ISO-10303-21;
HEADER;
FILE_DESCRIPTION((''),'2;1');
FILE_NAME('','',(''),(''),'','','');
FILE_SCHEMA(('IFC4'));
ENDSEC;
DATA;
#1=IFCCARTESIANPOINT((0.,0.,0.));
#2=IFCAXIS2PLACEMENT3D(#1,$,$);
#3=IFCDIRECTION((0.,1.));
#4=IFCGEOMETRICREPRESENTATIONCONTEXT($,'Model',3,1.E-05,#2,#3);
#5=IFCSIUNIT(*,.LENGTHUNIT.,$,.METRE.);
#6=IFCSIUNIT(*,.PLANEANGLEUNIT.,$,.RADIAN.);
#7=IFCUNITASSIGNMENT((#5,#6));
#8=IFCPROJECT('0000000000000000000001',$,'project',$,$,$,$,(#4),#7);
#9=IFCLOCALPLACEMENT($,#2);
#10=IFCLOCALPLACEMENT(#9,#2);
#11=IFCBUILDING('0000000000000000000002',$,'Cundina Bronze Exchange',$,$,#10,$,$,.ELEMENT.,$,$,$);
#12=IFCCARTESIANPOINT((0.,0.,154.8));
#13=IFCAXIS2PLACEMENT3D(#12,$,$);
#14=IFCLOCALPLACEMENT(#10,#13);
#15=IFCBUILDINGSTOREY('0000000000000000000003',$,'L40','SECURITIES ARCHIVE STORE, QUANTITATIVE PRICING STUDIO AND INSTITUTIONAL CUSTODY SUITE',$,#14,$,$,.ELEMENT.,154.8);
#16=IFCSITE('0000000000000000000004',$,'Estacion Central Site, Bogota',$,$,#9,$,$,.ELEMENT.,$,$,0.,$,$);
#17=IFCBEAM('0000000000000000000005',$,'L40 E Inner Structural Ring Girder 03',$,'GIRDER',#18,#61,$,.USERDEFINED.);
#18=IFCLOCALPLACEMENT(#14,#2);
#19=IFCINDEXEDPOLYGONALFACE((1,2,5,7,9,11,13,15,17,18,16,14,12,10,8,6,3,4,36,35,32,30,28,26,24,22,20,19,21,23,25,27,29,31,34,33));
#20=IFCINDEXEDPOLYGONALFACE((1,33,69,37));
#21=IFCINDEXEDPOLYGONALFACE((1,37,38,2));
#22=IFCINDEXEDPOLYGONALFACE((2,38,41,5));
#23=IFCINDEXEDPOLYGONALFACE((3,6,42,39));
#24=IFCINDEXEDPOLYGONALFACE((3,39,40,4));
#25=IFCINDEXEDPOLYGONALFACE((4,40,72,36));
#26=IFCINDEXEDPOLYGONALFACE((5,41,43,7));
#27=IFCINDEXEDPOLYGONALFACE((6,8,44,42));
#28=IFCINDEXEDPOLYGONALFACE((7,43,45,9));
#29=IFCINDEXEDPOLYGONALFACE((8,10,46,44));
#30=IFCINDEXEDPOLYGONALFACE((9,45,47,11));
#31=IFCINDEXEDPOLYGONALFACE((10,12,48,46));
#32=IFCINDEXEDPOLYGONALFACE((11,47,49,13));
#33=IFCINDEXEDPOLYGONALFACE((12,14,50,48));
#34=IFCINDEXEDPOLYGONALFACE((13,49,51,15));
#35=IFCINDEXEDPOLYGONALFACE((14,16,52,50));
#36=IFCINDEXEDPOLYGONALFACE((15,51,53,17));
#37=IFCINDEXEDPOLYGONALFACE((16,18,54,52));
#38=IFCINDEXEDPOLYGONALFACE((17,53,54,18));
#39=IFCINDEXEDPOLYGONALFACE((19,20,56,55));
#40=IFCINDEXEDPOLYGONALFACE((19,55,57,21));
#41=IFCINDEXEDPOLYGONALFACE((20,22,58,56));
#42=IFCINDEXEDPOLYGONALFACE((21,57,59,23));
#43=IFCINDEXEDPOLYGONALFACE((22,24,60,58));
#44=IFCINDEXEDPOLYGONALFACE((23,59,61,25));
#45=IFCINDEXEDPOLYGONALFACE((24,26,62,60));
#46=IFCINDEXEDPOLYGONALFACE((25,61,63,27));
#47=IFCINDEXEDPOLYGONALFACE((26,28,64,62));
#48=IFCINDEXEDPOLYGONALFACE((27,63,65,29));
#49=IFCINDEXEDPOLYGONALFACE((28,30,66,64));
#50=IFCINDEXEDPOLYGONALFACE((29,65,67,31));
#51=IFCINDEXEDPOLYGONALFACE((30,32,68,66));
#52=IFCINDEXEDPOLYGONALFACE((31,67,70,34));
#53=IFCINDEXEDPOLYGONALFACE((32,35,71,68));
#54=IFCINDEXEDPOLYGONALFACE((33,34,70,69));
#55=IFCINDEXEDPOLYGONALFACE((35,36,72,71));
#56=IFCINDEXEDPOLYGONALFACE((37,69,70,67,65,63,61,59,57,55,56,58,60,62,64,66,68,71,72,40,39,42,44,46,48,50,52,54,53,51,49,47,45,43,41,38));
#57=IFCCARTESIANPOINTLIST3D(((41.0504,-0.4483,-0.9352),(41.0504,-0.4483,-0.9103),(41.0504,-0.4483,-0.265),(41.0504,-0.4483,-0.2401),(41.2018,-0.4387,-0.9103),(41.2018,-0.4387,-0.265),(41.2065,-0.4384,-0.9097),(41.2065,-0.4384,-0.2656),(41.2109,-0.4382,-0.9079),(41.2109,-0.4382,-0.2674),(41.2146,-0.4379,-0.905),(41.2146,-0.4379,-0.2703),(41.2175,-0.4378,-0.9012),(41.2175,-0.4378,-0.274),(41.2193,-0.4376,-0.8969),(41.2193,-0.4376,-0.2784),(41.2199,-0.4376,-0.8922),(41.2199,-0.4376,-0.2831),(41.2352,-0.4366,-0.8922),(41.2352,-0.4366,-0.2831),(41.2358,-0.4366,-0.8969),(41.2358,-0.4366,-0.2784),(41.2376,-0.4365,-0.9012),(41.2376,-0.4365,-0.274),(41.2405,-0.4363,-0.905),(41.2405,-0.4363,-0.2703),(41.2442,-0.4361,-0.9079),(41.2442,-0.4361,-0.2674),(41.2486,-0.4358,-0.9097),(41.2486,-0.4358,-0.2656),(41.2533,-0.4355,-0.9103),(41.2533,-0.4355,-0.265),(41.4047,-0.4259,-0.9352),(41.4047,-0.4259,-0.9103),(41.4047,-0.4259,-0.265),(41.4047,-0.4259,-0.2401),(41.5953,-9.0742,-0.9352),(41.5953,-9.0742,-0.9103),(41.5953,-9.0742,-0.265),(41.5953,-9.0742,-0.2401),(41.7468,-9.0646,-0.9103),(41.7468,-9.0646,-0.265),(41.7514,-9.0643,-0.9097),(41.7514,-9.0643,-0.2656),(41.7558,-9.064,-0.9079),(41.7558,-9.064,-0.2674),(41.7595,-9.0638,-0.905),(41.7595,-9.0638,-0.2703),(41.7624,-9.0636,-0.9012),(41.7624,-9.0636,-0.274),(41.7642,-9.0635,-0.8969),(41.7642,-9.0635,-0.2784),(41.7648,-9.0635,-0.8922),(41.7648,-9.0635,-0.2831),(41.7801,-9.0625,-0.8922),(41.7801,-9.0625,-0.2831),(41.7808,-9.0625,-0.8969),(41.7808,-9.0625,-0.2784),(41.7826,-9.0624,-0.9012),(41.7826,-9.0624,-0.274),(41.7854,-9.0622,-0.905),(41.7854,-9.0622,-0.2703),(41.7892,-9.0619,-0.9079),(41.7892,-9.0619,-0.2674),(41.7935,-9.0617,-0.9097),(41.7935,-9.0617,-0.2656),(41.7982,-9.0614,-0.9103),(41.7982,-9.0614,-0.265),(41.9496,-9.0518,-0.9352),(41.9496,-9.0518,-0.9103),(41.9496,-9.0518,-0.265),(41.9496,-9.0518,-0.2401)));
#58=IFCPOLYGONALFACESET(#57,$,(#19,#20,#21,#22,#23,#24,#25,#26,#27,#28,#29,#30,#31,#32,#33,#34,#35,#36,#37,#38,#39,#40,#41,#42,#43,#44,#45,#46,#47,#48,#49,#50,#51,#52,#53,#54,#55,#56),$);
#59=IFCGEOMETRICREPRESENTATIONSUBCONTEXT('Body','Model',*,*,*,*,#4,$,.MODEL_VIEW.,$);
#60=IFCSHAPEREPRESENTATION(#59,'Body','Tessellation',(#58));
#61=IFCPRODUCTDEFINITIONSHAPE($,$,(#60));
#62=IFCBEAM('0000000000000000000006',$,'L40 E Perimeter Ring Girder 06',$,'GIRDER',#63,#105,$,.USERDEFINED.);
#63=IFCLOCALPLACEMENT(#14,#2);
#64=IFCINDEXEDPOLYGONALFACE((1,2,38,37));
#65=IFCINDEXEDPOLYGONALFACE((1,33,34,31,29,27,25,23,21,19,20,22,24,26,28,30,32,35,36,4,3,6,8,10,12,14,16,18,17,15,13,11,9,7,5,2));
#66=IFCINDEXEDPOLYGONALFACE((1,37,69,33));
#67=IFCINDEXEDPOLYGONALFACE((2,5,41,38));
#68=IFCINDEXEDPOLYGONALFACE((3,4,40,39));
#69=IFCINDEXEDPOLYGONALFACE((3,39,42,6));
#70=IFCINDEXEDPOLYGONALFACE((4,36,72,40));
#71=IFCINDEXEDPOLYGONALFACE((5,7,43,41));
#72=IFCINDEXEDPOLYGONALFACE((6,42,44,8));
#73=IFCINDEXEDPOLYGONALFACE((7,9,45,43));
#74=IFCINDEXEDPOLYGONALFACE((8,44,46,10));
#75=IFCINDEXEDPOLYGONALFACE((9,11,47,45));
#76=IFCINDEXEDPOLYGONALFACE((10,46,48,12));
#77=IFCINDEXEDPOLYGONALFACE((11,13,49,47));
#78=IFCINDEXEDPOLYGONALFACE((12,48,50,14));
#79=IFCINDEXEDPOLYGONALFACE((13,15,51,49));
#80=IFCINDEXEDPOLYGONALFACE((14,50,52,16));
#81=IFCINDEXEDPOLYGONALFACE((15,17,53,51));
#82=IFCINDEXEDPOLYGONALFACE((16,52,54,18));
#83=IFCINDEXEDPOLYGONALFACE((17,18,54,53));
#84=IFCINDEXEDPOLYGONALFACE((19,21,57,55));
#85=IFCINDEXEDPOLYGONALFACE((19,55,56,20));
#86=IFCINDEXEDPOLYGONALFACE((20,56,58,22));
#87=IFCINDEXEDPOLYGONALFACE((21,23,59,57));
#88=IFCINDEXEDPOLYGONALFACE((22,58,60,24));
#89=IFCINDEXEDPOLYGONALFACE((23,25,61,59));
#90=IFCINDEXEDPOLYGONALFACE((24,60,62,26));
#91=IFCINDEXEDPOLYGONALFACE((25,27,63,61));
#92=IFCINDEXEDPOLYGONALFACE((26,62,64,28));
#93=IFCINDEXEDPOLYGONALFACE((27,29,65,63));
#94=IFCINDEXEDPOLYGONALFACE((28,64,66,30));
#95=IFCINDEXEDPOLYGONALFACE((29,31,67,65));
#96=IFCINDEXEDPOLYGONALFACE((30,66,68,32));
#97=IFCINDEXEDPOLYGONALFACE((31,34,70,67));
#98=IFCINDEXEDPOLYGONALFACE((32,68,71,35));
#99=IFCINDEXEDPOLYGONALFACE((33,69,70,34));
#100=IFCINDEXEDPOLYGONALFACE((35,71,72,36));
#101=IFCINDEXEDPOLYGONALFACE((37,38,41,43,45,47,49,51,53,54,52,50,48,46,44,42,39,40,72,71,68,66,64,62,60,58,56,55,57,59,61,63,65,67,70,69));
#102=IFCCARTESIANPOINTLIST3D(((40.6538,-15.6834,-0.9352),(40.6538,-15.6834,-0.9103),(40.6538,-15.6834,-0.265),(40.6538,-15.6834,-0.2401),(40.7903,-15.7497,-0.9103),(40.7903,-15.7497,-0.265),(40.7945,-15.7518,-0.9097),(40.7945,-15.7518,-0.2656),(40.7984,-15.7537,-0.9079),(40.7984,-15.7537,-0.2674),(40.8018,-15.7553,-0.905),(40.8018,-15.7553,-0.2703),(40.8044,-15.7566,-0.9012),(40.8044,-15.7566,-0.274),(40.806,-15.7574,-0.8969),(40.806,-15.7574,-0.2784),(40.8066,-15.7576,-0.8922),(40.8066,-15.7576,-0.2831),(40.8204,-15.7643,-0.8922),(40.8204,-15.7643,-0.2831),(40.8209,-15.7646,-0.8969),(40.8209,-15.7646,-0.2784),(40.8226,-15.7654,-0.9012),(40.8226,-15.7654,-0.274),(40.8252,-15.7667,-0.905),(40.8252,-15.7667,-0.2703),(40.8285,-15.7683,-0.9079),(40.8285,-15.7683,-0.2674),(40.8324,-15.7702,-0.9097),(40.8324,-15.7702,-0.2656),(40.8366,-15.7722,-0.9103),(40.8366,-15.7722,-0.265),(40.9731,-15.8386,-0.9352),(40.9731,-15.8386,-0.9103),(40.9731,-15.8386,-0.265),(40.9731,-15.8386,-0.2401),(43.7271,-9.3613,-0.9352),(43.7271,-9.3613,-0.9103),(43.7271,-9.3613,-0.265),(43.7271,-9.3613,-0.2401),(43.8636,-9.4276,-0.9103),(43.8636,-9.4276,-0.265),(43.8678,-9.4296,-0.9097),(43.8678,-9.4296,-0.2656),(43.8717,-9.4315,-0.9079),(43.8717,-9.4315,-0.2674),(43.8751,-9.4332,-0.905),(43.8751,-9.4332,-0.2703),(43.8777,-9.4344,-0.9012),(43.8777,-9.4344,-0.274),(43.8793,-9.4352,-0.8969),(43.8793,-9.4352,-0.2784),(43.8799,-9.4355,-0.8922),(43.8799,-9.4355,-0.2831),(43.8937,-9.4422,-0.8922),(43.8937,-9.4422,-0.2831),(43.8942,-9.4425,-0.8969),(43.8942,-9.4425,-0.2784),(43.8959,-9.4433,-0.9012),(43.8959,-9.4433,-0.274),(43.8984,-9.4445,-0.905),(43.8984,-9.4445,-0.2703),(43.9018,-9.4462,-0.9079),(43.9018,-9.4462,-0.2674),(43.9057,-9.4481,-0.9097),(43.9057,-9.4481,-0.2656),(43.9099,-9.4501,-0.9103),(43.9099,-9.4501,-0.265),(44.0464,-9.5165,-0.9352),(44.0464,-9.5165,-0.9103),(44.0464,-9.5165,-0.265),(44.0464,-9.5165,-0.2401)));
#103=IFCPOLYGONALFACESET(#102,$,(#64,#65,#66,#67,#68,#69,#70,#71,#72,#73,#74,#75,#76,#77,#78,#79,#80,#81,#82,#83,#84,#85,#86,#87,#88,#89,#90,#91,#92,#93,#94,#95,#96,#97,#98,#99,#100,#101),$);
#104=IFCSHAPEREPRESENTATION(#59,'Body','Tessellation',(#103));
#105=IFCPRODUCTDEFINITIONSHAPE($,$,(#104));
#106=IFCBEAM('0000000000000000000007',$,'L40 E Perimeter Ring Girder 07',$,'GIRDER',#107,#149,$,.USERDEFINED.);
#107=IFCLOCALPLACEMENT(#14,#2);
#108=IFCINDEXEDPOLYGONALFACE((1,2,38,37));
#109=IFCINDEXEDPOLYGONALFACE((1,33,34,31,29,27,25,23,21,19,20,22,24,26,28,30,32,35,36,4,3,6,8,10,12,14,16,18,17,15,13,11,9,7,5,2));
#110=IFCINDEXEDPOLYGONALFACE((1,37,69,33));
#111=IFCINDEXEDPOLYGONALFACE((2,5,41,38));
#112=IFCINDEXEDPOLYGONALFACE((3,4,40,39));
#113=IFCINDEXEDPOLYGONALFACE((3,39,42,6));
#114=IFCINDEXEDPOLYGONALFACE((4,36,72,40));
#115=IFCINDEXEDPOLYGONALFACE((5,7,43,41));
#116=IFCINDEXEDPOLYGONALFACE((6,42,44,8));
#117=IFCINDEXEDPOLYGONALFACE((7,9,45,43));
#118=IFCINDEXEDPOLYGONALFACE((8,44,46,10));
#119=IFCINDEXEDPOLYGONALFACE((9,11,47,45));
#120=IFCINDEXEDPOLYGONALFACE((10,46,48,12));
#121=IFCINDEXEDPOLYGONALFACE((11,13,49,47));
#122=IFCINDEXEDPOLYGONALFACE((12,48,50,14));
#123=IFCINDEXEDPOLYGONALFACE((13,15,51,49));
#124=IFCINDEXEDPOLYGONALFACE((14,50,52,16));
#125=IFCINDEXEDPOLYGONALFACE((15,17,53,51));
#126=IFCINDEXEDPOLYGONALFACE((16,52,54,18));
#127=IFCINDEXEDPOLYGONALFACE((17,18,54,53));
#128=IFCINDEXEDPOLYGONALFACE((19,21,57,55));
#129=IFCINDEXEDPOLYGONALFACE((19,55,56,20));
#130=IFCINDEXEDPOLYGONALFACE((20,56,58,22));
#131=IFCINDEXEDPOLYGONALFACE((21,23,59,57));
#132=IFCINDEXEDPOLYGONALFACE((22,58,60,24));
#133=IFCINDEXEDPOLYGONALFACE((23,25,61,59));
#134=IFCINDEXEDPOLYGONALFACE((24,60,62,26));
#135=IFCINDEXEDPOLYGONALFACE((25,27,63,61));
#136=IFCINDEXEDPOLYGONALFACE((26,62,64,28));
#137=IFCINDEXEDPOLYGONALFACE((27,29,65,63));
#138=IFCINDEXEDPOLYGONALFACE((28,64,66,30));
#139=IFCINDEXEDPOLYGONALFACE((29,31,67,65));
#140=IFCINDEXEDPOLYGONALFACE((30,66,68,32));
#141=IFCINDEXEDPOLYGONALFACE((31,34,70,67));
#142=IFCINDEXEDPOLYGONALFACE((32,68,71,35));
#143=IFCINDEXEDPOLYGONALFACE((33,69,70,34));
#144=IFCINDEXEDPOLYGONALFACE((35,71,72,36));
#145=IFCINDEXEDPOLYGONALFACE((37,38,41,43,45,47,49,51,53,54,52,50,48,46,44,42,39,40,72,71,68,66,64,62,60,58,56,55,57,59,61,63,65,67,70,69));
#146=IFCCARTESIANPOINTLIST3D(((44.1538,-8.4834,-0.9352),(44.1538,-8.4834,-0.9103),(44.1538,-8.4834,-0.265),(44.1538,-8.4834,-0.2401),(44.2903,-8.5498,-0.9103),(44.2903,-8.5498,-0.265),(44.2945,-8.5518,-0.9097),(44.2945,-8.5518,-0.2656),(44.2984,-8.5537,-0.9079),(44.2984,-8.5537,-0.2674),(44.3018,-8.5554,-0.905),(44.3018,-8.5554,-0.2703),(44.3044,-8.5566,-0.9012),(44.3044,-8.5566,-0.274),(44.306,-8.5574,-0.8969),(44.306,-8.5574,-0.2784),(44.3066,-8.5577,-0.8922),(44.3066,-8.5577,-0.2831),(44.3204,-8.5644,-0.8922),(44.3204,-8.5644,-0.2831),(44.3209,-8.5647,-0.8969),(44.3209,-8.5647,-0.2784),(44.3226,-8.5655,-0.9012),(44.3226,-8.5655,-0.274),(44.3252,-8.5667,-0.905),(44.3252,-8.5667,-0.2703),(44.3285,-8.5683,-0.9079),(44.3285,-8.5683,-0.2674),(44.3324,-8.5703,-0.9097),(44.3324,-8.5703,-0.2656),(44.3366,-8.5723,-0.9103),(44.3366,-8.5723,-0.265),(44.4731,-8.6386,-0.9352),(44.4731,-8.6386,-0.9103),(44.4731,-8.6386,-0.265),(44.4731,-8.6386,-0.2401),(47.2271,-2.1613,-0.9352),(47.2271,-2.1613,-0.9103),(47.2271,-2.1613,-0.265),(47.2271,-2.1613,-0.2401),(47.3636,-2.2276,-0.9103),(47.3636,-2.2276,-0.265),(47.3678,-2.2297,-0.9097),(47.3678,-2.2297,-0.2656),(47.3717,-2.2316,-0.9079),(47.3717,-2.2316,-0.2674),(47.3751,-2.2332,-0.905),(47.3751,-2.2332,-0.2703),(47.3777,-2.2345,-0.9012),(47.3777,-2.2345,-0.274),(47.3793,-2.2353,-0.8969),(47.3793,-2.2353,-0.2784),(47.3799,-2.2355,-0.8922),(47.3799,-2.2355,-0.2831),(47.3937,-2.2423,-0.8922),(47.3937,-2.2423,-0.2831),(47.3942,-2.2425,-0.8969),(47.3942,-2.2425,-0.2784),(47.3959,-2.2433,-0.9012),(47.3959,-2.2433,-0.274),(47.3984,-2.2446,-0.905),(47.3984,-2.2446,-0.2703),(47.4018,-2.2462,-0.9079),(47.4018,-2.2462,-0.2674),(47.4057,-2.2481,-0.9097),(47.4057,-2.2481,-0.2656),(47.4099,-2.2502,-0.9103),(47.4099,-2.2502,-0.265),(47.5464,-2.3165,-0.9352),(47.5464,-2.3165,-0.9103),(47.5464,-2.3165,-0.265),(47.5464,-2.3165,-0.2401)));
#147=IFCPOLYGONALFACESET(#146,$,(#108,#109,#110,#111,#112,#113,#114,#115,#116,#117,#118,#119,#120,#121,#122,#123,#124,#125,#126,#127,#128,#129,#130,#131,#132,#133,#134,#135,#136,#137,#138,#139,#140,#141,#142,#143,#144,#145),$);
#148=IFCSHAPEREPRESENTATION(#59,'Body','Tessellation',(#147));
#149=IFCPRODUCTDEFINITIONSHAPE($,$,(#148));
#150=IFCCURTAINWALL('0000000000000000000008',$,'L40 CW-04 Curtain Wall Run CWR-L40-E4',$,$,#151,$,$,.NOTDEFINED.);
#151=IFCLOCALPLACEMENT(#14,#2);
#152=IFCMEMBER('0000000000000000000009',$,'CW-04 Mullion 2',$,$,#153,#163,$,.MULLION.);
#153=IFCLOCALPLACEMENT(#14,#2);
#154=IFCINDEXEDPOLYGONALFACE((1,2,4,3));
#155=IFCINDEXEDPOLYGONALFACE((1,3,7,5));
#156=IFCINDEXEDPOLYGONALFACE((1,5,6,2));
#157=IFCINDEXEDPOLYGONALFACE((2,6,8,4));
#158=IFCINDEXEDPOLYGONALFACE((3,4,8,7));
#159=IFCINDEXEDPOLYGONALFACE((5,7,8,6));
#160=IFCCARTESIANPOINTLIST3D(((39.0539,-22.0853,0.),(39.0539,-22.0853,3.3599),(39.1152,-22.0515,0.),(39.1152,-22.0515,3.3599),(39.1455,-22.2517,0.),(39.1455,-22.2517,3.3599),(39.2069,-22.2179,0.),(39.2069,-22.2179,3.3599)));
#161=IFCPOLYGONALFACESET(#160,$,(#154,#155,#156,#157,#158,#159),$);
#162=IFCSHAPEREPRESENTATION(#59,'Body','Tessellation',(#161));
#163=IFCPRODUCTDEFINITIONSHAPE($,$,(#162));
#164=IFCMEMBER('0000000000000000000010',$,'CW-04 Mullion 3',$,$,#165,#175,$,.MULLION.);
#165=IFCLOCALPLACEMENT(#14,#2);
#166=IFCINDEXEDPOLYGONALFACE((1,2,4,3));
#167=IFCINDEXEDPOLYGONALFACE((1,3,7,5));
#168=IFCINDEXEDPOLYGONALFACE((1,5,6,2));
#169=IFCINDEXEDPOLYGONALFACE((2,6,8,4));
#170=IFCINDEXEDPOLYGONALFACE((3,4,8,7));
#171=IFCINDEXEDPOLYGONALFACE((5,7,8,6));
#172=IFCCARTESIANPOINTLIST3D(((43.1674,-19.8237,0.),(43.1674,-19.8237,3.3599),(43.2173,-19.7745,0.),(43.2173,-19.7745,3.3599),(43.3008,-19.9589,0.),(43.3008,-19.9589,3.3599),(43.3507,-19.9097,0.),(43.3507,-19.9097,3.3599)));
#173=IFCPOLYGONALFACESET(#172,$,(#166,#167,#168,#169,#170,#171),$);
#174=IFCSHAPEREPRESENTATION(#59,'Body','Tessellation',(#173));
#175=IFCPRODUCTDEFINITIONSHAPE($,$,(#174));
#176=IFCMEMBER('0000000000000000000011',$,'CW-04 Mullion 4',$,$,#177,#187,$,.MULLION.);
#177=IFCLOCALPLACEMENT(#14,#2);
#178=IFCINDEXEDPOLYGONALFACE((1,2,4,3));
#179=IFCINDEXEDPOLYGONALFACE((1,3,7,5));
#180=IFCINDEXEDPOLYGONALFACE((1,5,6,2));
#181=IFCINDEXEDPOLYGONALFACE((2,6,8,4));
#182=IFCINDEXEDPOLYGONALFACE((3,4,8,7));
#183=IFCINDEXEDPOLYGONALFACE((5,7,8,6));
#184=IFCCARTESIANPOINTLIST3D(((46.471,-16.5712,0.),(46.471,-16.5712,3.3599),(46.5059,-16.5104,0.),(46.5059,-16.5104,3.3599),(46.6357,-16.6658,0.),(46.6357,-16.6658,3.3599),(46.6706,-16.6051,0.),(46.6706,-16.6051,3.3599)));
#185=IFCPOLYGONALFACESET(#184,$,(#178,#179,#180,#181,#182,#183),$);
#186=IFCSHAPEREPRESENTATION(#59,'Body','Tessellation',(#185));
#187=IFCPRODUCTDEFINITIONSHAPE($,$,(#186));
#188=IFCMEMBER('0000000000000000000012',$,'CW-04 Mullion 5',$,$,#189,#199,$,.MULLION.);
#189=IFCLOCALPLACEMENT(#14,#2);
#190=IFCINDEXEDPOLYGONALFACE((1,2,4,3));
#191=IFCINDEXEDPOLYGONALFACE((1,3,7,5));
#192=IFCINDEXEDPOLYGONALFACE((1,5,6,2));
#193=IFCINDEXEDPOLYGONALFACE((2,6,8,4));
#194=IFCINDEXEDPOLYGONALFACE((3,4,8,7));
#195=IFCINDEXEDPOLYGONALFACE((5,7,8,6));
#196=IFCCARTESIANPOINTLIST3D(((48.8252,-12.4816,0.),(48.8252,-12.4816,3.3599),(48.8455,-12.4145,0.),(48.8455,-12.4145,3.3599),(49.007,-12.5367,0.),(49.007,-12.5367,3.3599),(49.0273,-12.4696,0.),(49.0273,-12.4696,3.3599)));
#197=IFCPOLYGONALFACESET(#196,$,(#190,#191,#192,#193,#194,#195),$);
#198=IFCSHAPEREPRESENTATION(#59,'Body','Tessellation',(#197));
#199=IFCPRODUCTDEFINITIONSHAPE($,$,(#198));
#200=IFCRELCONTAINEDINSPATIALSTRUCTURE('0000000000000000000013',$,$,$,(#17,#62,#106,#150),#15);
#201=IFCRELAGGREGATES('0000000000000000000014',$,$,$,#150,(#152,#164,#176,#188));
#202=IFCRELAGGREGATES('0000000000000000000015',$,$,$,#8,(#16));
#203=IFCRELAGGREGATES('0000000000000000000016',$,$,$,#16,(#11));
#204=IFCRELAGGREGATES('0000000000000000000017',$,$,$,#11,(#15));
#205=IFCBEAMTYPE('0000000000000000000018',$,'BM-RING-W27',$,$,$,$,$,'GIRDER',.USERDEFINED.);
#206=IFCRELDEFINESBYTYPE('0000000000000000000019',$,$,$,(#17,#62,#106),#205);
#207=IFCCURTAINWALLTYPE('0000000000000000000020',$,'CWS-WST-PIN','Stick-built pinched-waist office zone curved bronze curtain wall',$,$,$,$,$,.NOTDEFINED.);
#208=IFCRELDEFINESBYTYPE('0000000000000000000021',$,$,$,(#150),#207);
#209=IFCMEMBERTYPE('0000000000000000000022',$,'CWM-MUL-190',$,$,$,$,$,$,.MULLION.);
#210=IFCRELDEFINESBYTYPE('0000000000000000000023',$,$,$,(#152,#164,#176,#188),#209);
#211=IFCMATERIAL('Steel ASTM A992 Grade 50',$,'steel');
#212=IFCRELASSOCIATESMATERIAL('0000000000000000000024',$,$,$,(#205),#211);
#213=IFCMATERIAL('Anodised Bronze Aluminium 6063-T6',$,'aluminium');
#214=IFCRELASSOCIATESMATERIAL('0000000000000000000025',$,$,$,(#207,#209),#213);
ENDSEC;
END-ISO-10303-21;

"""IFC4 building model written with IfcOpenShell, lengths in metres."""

from ifc_helpers import new_model, si_unit, direction, frame, origin, origin_2d, place, context, subcontext, project, spatial, rectangle, i_section, extrude, material, material_profile, profile_set, type_object, element, aggregate, save


model = new_model("IFC4")

# Units and contexts
model_context = context("Model", 3, precision=1e-05, world=origin(), true_north=direction((0.0, 1.0)))
body_context = subcontext(model_context, "Body", "Model", "MODEL_VIEW")
ifc_project = project(units=[si_unit("LENGTHUNIT", "METRE"), si_unit("PLANEANGLEUNIT", "RADIAN")], contexts=[model_context])

# Site, building, storey
site_placement = place(None, origin())
site = spatial("IfcSite", under=ifc_project, at=site_placement, Name="Estacion Central Site, Bogota", CompositionType="ELEMENT", RefElevation=0.0)
building_placement = place(site_placement, origin())
building = spatial("IfcBuilding", under=site, at=building_placement, Name="Cundina Bronze Exchange", CompositionType="ELEMENT")
storey_placement = place(building_placement, frame((0.0, 0.0, 154.8)))
storey = spatial("IfcBuildingStorey", under=building, at=storey_placement, Name="L40", Description="SECURITIES ARCHIVE STORE, QUANTITATIVE PRICING STUDIO AND INSTITUTIONAL CUSTODY SUITE", CompositionType="ELEMENT", Elevation=154.8)

# Beams
ifc_material_1 = material(Name="Steel ASTM A992 Grade 50", Category="steel")
ifc_material_profile_1 = material_profile(ifc_material_1, i_section(OverallWidth=0.355, OverallDepth=0.6951, WebThickness=0.0154, FlangeThickness=0.0249, FilletRadius=0.0181, at=origin_2d()), Name="W27X146", Category="steel")
ifc_profile_set_1 = profile_set([ifc_material_profile_1], Name="Steel ASTM A992 Grade 50")
beam_type_1 = type_object("IfcBeamType", Name="BM-RING-W27", ElementType="GIRDER", PredefinedType="USERDEFINED", material=ifc_profile_set_1)
beam_1_placement = place(storey_placement, frame((41.7725, -9.063, -0.5876), z_axis=(-0.063047, 0.998011, 0.0), x_axis=(-0.998011, -0.063047, 0.0)))
element("IfcBeam", 1, at=beam_1_placement, inside=storey, type_object=beam_type_1, Name="L40 E Inner Structural Ring Girder 03", ObjectType="GIRDER", PredefinedType="USERDEFINED", context=body_context, shape_type="SweptSolid", body=[
    extrude(i_section(OverallWidth=0.355, OverallDepth=0.6951, WebThickness=0.0154, FlangeThickness=0.0249, FilletRadius=0.0181, at=origin_2d()), origin(), (0.0, 0.0, 1.0), 8.6431),
])
for number, where, z_axis, x_axis, name in (
    (2, (40.8135, -15.761, -0.5876), (0.437197, 0.899366, 0.0), (-0.899366, 0.437197, 0.0), "L40 E Perimeter Ring Girder 06"),
    (3, (44.3135, -8.561, -0.5876), (0.437197, 0.899366, 0.0), (-0.899366, 0.437197, 0.0), "L40 E Perimeter Ring Girder 07"),
):
    element("IfcBeam", number, at=place(storey_placement, frame(where, z_axis=z_axis, x_axis=x_axis)), inside=storey, type_object=beam_type_1, Name=name, ObjectType="GIRDER", PredefinedType="USERDEFINED", context=body_context, shape_type="SweptSolid", body=[
        extrude(i_section(OverallWidth=0.355, OverallDepth=0.6951, WebThickness=0.0154, FlangeThickness=0.0249, FilletRadius=0.0181, at=origin_2d()), origin(), (0.0, 0.0, 1.0), 7.0295),
    ])

# Curtain wall, members
ifc_material_2 = material(Name="Anodised Bronze Aluminium 6063-T6", Category="aluminium")
curtain_wall_type = type_object("IfcCurtainWallType", Name="CWS-WST-PIN", Description="Stick-built pinched-waist office zone curved bronze curtain wall", PredefinedType="NOTDEFINED", material=ifc_material_2)
curtain_wall_placement = place(storey_placement, origin())
curtain_wall = element("IfcCurtainWall", 4, at=curtain_wall_placement, inside=storey, type_object=curtain_wall_type, Name="L40 CW-04 Curtain Wall Run CWR-L40-E4", PredefinedType="NOTDEFINED")
ifc_material_profile_2 = material_profile(ifc_material_2, rectangle(XDim=0.0701, YDim=0.1899, at=origin_2d()), Name="AL70X190", Category="aluminium")
ifc_profile_set_2 = profile_set([ifc_material_profile_2], Name="Anodised Bronze Aluminium 6063-T6")
member_type_1 = type_object("IfcMemberType", Name="CWM-MUL-190", PredefinedType="MULLION", material=ifc_profile_set_2)
member_1_placement = place(storey_placement, frame((39.1304, -22.1516, 0.0), z_axis=(0.0, 0.0, 1.0), x_axis=(0.875886, 0.482518, 0.0)))
member_1 = element("IfcMember", 5, at=member_1_placement, type_object=member_type_1, Name="CW-04 Mullion 2", PredefinedType="MULLION", context=body_context, shape_type="SweptSolid", body=[
    extrude(rectangle(XDim=0.0701, YDim=0.1899, at=origin_2d()), origin(), (0.0, 0.0, 1.0), 3.3599),
])
member_2_placement = place(storey_placement, frame((43.259, -19.8667, 0.0), z_axis=(0.0, 0.0, 1.0), x_axis=(0.712026, 0.702153, 0.0)))
member_2 = element("IfcMember", 6, at=member_2_placement, type_object=member_type_1, Name="CW-04 Mullion 3", PredefinedType="MULLION", context=body_context, shape_type="SweptSolid", body=[
    extrude(rectangle(XDim=0.0701, YDim=0.1899, at=origin_2d()), origin(), (0.0, 0.0, 1.0), 3.3599),
])
member_3_placement = place(storey_placement, frame((46.5708, -16.5881, 0.0), z_axis=(0.0, 0.0, 1.0), x_axis=(0.498488, 0.866897, 0.0)))
member_3 = element("IfcMember", 7, at=member_3_placement, type_object=member_type_1, Name="CW-04 Mullion 4", PredefinedType="MULLION", context=body_context, shape_type="SweptSolid", body=[
    extrude(rectangle(XDim=0.0701, YDim=0.1899, at=origin_2d()), origin(), (0.0, 0.0, 1.0), 3.3599),
])
member_4_placement = place(storey_placement, frame((48.9263, -12.4756, 0.0), z_axis=(0.0, 0.0, 1.0), x_axis=(0.290034, 0.957016, 0.0)))
member_4 = element("IfcMember", 8, at=member_4_placement, type_object=member_type_1, Name="CW-04 Mullion 5", PredefinedType="MULLION", context=body_context, shape_type="SweptSolid", body=[
    extrude(rectangle(XDim=0.0701, YDim=0.1899, at=origin_2d()), origin(), (0.0, 0.0, 1.0), 3.3599),
])
aggregate(curtain_wall, [member_1, member_2, member_3, member_4])

save(model, "model.ifc")
